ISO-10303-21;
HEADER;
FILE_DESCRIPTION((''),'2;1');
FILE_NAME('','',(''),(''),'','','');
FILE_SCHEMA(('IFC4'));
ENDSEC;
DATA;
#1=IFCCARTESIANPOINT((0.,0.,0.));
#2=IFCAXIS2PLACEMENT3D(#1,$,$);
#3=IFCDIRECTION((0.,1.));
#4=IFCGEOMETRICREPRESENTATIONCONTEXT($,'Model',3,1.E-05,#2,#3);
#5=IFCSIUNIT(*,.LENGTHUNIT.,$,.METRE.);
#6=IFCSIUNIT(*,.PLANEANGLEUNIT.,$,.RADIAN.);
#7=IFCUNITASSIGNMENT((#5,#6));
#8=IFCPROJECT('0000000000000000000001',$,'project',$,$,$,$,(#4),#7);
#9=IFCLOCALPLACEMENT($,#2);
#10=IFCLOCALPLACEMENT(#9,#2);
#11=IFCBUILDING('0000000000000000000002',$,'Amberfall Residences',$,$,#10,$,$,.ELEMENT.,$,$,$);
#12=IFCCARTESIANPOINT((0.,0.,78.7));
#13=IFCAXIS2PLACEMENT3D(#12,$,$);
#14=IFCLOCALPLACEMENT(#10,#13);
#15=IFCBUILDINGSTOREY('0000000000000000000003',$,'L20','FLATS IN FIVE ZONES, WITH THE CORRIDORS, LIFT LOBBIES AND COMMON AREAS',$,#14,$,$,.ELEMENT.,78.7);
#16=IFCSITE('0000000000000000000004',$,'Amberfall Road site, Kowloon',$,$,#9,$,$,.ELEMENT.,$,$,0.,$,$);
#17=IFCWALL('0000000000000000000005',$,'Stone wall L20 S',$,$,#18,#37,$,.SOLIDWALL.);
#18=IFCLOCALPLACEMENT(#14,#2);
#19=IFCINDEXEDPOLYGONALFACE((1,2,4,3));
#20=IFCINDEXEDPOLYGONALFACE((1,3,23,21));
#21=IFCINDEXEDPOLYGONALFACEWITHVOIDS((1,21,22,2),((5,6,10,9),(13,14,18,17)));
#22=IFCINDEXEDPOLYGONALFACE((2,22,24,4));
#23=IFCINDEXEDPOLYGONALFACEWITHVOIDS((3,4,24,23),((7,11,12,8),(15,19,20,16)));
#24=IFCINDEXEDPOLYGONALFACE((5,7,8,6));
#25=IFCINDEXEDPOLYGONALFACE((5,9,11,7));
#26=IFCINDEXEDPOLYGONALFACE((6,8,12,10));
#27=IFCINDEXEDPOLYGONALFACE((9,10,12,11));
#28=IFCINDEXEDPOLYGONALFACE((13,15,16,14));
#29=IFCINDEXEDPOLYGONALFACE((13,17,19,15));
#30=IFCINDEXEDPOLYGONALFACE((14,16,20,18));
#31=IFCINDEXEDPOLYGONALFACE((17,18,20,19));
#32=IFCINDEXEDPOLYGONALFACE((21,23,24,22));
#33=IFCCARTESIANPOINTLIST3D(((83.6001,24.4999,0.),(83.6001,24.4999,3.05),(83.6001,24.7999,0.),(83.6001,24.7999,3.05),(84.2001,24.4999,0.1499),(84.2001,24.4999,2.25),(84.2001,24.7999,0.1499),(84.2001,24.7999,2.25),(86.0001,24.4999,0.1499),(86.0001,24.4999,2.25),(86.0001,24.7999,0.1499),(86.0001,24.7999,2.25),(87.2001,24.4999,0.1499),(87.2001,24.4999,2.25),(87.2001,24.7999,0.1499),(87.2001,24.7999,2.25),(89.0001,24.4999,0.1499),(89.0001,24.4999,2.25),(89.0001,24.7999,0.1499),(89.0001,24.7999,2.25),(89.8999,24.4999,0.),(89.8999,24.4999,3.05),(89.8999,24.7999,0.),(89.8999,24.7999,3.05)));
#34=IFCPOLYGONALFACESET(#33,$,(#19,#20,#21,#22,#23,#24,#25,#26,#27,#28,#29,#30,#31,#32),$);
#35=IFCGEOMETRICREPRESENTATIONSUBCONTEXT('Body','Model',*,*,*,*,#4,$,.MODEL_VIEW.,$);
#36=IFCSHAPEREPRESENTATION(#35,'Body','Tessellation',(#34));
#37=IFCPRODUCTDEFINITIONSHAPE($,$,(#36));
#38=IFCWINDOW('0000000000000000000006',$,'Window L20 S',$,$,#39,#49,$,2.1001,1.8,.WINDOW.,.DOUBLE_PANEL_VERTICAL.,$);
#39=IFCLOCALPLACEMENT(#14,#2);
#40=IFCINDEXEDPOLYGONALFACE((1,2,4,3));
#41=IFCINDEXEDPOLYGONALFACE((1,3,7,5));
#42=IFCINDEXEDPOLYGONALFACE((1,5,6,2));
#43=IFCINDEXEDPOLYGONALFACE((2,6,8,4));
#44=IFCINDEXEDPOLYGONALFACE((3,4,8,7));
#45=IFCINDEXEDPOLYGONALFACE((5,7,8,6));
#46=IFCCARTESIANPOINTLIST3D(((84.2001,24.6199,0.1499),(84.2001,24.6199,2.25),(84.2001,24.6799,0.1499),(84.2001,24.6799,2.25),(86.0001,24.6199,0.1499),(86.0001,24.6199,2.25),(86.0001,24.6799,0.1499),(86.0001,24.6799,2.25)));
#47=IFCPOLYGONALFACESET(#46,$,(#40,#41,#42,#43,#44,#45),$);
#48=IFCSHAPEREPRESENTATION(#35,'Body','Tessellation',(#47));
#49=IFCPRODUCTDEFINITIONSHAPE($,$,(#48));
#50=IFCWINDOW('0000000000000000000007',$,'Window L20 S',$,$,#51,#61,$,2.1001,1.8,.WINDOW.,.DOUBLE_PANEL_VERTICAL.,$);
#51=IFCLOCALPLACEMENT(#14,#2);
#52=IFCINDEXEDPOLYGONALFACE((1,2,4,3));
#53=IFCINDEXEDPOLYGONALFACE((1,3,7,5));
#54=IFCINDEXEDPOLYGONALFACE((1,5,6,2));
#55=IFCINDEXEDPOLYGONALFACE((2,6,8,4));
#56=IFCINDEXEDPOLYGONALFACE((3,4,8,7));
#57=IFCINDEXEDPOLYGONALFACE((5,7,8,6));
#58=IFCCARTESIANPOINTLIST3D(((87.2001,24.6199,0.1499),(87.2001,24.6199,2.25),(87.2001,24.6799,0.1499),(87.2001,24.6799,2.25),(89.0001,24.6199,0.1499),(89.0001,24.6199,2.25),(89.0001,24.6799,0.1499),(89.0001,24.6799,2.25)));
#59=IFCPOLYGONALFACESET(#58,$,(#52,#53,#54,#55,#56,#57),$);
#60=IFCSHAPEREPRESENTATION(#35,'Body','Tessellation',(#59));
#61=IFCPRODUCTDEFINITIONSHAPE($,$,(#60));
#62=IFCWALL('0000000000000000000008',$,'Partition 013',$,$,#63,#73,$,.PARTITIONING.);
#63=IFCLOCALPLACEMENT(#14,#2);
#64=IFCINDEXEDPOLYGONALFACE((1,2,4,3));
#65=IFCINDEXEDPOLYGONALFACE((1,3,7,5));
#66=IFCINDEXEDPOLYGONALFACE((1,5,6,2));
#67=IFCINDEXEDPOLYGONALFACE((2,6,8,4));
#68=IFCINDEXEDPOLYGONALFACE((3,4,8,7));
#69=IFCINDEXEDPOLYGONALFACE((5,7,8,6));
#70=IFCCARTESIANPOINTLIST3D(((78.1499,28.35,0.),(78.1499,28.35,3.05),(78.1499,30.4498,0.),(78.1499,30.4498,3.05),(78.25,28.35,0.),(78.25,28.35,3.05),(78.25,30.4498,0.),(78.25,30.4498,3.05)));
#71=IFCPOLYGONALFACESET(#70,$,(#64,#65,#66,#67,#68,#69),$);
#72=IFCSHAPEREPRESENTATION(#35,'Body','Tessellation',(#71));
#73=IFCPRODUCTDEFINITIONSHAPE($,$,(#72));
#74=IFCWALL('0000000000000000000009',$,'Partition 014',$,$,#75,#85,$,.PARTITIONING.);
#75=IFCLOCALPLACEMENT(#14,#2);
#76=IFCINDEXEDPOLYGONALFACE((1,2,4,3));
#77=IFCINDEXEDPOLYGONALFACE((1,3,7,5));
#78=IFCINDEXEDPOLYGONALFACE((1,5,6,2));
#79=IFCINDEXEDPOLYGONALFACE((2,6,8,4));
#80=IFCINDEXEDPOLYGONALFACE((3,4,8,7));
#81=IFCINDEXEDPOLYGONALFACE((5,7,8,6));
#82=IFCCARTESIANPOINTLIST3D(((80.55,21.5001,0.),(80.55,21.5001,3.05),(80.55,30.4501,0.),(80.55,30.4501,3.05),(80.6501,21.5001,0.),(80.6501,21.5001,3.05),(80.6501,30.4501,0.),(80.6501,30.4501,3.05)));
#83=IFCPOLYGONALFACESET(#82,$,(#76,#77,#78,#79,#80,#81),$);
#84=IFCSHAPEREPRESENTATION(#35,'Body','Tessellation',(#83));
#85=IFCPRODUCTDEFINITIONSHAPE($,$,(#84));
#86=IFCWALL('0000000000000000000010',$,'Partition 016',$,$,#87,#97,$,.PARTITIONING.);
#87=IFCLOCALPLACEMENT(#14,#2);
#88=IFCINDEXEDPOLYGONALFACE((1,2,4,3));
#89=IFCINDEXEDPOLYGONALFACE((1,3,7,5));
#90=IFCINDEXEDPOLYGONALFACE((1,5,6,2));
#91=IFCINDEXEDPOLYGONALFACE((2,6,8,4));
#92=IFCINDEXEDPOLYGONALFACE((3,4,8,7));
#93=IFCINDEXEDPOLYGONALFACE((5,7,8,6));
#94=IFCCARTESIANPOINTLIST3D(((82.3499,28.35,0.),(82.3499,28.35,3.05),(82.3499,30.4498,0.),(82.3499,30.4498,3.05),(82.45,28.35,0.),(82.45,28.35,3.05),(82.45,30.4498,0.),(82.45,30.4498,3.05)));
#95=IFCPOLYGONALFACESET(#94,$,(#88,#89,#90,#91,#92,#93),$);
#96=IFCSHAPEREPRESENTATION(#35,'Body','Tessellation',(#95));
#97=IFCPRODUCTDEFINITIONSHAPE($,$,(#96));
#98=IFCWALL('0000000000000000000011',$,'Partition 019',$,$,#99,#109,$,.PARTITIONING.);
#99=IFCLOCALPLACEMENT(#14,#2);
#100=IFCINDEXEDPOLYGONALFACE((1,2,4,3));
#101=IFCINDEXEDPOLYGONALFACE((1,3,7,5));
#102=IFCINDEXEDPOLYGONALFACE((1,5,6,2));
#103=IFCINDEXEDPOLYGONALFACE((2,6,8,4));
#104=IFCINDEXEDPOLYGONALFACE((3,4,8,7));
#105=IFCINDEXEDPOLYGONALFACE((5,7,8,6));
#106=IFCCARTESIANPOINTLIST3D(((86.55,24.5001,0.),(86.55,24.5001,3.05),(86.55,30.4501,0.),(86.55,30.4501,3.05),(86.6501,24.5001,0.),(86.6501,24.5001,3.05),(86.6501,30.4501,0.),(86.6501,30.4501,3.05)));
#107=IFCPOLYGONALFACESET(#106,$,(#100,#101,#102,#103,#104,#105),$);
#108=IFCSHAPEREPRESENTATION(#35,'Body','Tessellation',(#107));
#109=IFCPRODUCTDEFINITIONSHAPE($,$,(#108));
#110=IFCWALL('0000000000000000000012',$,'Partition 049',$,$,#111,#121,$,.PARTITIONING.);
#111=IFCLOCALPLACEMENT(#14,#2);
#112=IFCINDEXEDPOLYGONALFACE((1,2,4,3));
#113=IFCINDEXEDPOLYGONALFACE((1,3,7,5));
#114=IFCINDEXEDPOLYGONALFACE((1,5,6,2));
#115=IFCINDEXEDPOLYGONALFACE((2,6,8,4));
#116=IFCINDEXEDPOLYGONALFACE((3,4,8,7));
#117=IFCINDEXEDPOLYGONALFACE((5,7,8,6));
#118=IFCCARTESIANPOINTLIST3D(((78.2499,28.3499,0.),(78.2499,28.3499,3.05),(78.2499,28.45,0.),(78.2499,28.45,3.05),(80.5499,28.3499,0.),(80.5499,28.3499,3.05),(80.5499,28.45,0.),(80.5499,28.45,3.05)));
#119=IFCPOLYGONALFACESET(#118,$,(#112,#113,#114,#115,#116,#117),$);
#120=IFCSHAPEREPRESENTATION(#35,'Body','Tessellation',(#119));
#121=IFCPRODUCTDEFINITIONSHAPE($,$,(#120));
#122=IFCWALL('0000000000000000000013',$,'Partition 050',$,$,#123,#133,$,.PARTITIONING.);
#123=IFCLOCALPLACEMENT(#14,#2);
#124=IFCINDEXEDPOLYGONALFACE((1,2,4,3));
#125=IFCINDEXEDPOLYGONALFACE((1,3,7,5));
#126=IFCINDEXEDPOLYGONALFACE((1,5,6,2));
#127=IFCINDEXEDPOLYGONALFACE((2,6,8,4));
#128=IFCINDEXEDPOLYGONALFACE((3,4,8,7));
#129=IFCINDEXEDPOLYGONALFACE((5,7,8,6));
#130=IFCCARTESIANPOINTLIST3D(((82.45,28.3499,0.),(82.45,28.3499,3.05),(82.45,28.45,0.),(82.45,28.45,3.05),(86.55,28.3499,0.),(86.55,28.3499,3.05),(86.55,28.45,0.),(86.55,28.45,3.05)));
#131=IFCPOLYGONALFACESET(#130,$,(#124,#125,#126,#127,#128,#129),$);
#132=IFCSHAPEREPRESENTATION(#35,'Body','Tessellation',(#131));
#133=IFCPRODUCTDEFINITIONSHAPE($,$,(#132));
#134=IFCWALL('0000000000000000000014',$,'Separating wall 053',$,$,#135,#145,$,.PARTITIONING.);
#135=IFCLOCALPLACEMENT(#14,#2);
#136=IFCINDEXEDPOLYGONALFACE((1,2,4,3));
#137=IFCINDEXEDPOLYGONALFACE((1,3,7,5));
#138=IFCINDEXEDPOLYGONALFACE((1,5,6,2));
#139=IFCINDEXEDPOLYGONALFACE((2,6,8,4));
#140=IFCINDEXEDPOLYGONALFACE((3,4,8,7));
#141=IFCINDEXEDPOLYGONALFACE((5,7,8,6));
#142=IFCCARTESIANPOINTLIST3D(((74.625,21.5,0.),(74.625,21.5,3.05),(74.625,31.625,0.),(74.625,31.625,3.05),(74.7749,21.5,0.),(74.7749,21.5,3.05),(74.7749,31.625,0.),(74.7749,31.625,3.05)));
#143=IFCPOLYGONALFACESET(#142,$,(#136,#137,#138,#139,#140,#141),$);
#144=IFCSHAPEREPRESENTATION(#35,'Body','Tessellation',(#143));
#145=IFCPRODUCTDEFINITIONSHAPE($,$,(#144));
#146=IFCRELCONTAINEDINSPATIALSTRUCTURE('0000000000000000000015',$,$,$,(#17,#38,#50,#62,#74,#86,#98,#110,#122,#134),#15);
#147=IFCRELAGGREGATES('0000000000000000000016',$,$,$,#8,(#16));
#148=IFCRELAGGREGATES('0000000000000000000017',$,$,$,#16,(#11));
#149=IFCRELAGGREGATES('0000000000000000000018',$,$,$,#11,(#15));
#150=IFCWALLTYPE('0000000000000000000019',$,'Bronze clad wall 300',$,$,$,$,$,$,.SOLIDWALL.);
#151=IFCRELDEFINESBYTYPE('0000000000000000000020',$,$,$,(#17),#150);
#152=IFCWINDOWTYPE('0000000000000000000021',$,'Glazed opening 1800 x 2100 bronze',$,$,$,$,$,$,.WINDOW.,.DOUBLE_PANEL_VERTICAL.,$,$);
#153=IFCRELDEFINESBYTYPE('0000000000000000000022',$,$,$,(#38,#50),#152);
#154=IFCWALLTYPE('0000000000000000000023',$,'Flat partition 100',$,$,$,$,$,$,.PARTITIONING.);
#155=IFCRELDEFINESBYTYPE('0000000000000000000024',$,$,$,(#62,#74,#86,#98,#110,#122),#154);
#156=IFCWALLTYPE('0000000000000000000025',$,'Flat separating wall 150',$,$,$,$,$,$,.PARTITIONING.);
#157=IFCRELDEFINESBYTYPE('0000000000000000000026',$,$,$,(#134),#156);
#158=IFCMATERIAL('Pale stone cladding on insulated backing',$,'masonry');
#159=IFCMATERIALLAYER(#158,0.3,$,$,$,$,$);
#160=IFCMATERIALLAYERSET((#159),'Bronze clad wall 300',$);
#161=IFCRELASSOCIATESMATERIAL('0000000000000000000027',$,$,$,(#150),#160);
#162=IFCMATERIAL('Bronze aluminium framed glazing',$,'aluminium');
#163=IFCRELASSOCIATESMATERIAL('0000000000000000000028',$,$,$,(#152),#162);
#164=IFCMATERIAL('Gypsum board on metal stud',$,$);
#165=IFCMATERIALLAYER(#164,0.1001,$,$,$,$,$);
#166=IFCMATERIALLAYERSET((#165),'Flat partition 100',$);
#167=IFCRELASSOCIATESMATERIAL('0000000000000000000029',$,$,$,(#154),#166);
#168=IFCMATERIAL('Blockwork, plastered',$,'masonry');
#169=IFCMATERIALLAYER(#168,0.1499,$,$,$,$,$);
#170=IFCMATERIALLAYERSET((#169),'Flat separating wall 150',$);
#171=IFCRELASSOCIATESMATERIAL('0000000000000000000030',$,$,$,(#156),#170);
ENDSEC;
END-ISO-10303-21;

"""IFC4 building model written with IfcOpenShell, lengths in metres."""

from ifc_helpers import new_model, si_unit, direction, frame, frame_2d, origin, place, context, subcontext, project, spatial, rectangle, extrude, material, layer, layer_set, type_object, element, fill, save


model = new_model("IFC4")

# Units and contexts
model_context = context("Model", 3, precision=1e-05, world=origin(), true_north=direction((0.0, 1.0)))
body_context = subcontext(model_context, "Body", "Model", "MODEL_VIEW")
ifc_project = project(units=[si_unit("LENGTHUNIT", "METRE"), si_unit("PLANEANGLEUNIT", "RADIAN")], contexts=[model_context])

# Site, building, storey
site_placement = place(None, origin())
site = spatial("IfcSite", under=ifc_project, at=site_placement, Name="Amberfall Road site, Kowloon", CompositionType="ELEMENT", RefElevation=0.0)
building_placement = place(site_placement, origin())
building = spatial("IfcBuilding", under=site, at=building_placement, Name="Amberfall Residences", CompositionType="ELEMENT")
storey_placement = place(building_placement, frame((0.0, 0.0, 78.7)))
storey = spatial("IfcBuildingStorey", under=building, at=storey_placement, Name="L20", Description="FLATS IN FIVE ZONES, WITH THE CORRIDORS, LIFT LOBBIES AND COMMON AREAS", CompositionType="ELEMENT", Elevation=78.7)

# Shared definitions
ifc_material_1 = material(Name="Pale stone cladding on insulated backing", Category="masonry")
ifc_layer_1 = layer(ifc_material_1, 0.3)
ifc_layer_set_1 = layer_set([ifc_layer_1], Name="Bronze clad wall 300")
wall_type_1 = type_object("IfcWallType", Name="Bronze clad wall 300", PredefinedType="SOLIDWALL", material=ifc_layer_set_1)
ifc_material_2 = material(Name="Bronze aluminium framed glazing", Category="aluminium")

# Wall, openings, windows
window_type_1 = type_object("IfcWindowType", Name="Glazed opening 1800 x 2100 bronze", PartitioningType="DOUBLE_PANEL_VERTICAL", PredefinedType="WINDOW", material=ifc_material_2)
wall_1_placement = place(storey_placement, frame((83.6001, 24.6499, 0.0), z_axis=(0.0, 0.0, 1.0), x_axis=(1.0, 0.0, 0.0)))
wall_1 = element("IfcWall", 1, at=wall_1_placement, inside=storey, type_object=wall_type_1, Name="Stone wall L20 S", PredefinedType="SOLIDWALL", context=body_context, shape_type="SweptSolid", body=[
    extrude(rectangle(XDim=6.2998, YDim=0.3, at=frame_2d((3.1499, 0.0))), origin(), (0.0, 0.0, 1.0), 3.05),
])
opening_1_placement = place(wall_1_placement, frame((0.6001, 0.0, 0.1499)))
opening_1 = element("IfcOpeningElement", 2, at=opening_1_placement, cuts=wall_1, PredefinedType="OPENING", context=body_context, shape_type="SweptSolid", body=[
    extrude(rectangle(XDim=1.8, YDim=2.1001, at=frame_2d((0.8999, 1.05))), frame((0.0, 0.1599, 0.0), z_axis=(0.0, -1.0, 0.0), x_axis=(1.0, 0.0, 0.0)), (0.0, 0.0, 1.0), 0.3201),
])
opening_2_placement = place(wall_1_placement, frame((3.6001, 0.0, 0.1499)))
opening_2 = element("IfcOpeningElement", 3, at=opening_2_placement, cuts=wall_1, PredefinedType="OPENING", context=body_context, shape_type="SweptSolid", body=[
    extrude(rectangle(XDim=1.8, YDim=2.1001, at=frame_2d((0.8999, 1.05))), frame((0.0, 0.1599, 0.0), z_axis=(0.0, -1.0, 0.0), x_axis=(1.0, 0.0, 0.0)), (0.0, 0.0, 1.0), 0.3201),
])
window_1_placement = place(opening_1_placement, origin())
window_1 = element("IfcWindow", 4, at=window_1_placement, inside=storey, type_object=window_type_1, Name="Window L20 S", OverallHeight=2.1001, OverallWidth=1.8, PartitioningType="DOUBLE_PANEL_VERTICAL", PredefinedType="WINDOW", context=body_context, shape_type="SweptSolid", body=[
    extrude(rectangle(XDim=1.8, YDim=2.1001, at=frame_2d((0.8999, 1.05))), frame((0.0, 0.03, 0.0), z_axis=(0.0, -1.0, 0.0), x_axis=(1.0, 0.0, 0.0)), (0.0, 0.0, 1.0), 0.0601),
])
fill(opening_1, window_1)
window_2_placement = place(opening_2_placement, origin())
window_2 = element("IfcWindow", 5, at=window_2_placement, inside=storey, type_object=window_type_1, Name="Window L20 S", OverallHeight=2.1001, OverallWidth=1.8, PartitioningType="DOUBLE_PANEL_VERTICAL", PredefinedType="WINDOW", context=body_context, shape_type="SweptSolid", body=[
    extrude(rectangle(XDim=1.8, YDim=2.1001, at=frame_2d((0.8999, 1.05))), frame((0.0, 0.03, 0.0), z_axis=(0.0, -1.0, 0.0), x_axis=(1.0, 0.0, 0.0)), (0.0, 0.0, 1.0), 0.0601),
])
fill(opening_2, window_2)

# Walls
ifc_material_3 = material(Name="Gypsum board on metal stud")
ifc_layer_2 = layer(ifc_material_3, 0.1001)
ifc_layer_set_2 = layer_set([ifc_layer_2], Name="Flat partition 100")
wall_type_2 = type_object("IfcWallType", Name="Flat partition 100", PredefinedType="PARTITIONING", material=ifc_layer_set_2)
wall_2_placement = place(storey_placement, frame((78.2, 28.3501, 0.0), z_axis=(0.0, 0.0, 1.0), x_axis=(0.0, 1.0, 0.0)))
element("IfcWall", 6, at=wall_2_placement, inside=storey, type_object=wall_type_2, Name="Partition 013", PredefinedType="PARTITIONING", context=body_context, shape_type="SweptSolid", body=[
    extrude(rectangle(XDim=2.0999, YDim=0.1001, at=frame_2d((1.0498, 0.0))), origin(), (0.0, 0.0, 1.0), 3.05),
])
wall_3_placement = place(storey_placement, frame((80.6001, 21.5, 0.0), z_axis=(0.0, 0.0, 1.0), x_axis=(0.0, 1.0, 0.0)))
element("IfcWall", 7, at=wall_3_placement, inside=storey, type_object=wall_type_2, Name="Partition 014", PredefinedType="PARTITIONING", context=body_context, shape_type="SweptSolid", body=[
    extrude(rectangle(XDim=8.95, YDim=0.1001, at=frame_2d((4.4751, 0.0))), origin(), (0.0, 0.0, 1.0), 3.05),
])
wall_4_placement = place(storey_placement, frame((82.3999, 28.3501, 0.0), z_axis=(0.0, 0.0, 1.0), x_axis=(0.0, 1.0, 0.0)))
element("IfcWall", 8, at=wall_4_placement, inside=storey, type_object=wall_type_2, Name="Partition 016", PredefinedType="PARTITIONING", context=body_context, shape_type="SweptSolid", body=[
    extrude(rectangle(XDim=2.0999, YDim=0.1001, at=frame_2d((1.0498, 0.0))), origin(), (0.0, 0.0, 1.0), 3.05),
])
wall_5_placement = place(storey_placement, frame((86.6001, 24.5, 0.0), z_axis=(0.0, 0.0, 1.0), x_axis=(0.0, 1.0, 0.0)))
element("IfcWall", 9, at=wall_5_placement, inside=storey, type_object=wall_type_2, Name="Partition 019", PredefinedType="PARTITIONING", context=body_context, shape_type="SweptSolid", body=[
    extrude(rectangle(XDim=5.95, YDim=0.1001, at=frame_2d((2.9751, 0.0))), origin(), (0.0, 0.0, 1.0), 3.05),
])
wall_6_placement = place(storey_placement, frame((78.25, 28.3999, 0.0), z_axis=(0.0, 0.0, 1.0), x_axis=(1.0, 0.0, 0.0)))
element("IfcWall", 10, at=wall_6_placement, inside=storey, type_object=wall_type_2, Name="Partition 049", PredefinedType="PARTITIONING", context=body_context, shape_type="SweptSolid", body=[
    extrude(rectangle(XDim=2.3, YDim=0.1001, at=frame_2d((1.1499, 0.0))), origin(), (0.0, 0.0, 1.0), 3.05),
])
wall_7_placement = place(storey_placement, frame((82.45, 28.3999, 0.0), z_axis=(0.0, 0.0, 1.0), x_axis=(1.0, 0.0, 0.0)))
element("IfcWall", 11, at=wall_7_placement, inside=storey, type_object=wall_type_2, Name="Partition 050", PredefinedType="PARTITIONING", context=body_context, shape_type="SweptSolid", body=[
    extrude(rectangle(XDim=4.1001, YDim=0.1001, at=frame_2d((2.05, 0.0))), origin(), (0.0, 0.0, 1.0), 3.05),
])
ifc_material_4 = material(Name="Blockwork, plastered", Category="masonry")
ifc_layer_3 = layer(ifc_material_4, 0.1499)
ifc_layer_set_3 = layer_set([ifc_layer_3], Name="Flat separating wall 150")
wall_type_3 = type_object("IfcWallType", Name="Flat separating wall 150", PredefinedType="PARTITIONING", material=ifc_layer_set_3)
wall_8_placement = place(storey_placement, frame((74.7, 21.5, 0.0), z_axis=(0.0, 0.0, 1.0), x_axis=(0.0, 1.0, 0.0)))
element("IfcWall", 12, at=wall_8_placement, inside=storey, type_object=wall_type_3, Name="Separating wall 053", PredefinedType="PARTITIONING", context=body_context, shape_type="SweptSolid", body=[
    extrude(rectangle(XDim=10.125, YDim=0.1499, at=frame_2d((5.0625, 0.0))), origin(), (0.0, 0.0, 1.0), 3.05),
])

save(model, "model.ifc")
